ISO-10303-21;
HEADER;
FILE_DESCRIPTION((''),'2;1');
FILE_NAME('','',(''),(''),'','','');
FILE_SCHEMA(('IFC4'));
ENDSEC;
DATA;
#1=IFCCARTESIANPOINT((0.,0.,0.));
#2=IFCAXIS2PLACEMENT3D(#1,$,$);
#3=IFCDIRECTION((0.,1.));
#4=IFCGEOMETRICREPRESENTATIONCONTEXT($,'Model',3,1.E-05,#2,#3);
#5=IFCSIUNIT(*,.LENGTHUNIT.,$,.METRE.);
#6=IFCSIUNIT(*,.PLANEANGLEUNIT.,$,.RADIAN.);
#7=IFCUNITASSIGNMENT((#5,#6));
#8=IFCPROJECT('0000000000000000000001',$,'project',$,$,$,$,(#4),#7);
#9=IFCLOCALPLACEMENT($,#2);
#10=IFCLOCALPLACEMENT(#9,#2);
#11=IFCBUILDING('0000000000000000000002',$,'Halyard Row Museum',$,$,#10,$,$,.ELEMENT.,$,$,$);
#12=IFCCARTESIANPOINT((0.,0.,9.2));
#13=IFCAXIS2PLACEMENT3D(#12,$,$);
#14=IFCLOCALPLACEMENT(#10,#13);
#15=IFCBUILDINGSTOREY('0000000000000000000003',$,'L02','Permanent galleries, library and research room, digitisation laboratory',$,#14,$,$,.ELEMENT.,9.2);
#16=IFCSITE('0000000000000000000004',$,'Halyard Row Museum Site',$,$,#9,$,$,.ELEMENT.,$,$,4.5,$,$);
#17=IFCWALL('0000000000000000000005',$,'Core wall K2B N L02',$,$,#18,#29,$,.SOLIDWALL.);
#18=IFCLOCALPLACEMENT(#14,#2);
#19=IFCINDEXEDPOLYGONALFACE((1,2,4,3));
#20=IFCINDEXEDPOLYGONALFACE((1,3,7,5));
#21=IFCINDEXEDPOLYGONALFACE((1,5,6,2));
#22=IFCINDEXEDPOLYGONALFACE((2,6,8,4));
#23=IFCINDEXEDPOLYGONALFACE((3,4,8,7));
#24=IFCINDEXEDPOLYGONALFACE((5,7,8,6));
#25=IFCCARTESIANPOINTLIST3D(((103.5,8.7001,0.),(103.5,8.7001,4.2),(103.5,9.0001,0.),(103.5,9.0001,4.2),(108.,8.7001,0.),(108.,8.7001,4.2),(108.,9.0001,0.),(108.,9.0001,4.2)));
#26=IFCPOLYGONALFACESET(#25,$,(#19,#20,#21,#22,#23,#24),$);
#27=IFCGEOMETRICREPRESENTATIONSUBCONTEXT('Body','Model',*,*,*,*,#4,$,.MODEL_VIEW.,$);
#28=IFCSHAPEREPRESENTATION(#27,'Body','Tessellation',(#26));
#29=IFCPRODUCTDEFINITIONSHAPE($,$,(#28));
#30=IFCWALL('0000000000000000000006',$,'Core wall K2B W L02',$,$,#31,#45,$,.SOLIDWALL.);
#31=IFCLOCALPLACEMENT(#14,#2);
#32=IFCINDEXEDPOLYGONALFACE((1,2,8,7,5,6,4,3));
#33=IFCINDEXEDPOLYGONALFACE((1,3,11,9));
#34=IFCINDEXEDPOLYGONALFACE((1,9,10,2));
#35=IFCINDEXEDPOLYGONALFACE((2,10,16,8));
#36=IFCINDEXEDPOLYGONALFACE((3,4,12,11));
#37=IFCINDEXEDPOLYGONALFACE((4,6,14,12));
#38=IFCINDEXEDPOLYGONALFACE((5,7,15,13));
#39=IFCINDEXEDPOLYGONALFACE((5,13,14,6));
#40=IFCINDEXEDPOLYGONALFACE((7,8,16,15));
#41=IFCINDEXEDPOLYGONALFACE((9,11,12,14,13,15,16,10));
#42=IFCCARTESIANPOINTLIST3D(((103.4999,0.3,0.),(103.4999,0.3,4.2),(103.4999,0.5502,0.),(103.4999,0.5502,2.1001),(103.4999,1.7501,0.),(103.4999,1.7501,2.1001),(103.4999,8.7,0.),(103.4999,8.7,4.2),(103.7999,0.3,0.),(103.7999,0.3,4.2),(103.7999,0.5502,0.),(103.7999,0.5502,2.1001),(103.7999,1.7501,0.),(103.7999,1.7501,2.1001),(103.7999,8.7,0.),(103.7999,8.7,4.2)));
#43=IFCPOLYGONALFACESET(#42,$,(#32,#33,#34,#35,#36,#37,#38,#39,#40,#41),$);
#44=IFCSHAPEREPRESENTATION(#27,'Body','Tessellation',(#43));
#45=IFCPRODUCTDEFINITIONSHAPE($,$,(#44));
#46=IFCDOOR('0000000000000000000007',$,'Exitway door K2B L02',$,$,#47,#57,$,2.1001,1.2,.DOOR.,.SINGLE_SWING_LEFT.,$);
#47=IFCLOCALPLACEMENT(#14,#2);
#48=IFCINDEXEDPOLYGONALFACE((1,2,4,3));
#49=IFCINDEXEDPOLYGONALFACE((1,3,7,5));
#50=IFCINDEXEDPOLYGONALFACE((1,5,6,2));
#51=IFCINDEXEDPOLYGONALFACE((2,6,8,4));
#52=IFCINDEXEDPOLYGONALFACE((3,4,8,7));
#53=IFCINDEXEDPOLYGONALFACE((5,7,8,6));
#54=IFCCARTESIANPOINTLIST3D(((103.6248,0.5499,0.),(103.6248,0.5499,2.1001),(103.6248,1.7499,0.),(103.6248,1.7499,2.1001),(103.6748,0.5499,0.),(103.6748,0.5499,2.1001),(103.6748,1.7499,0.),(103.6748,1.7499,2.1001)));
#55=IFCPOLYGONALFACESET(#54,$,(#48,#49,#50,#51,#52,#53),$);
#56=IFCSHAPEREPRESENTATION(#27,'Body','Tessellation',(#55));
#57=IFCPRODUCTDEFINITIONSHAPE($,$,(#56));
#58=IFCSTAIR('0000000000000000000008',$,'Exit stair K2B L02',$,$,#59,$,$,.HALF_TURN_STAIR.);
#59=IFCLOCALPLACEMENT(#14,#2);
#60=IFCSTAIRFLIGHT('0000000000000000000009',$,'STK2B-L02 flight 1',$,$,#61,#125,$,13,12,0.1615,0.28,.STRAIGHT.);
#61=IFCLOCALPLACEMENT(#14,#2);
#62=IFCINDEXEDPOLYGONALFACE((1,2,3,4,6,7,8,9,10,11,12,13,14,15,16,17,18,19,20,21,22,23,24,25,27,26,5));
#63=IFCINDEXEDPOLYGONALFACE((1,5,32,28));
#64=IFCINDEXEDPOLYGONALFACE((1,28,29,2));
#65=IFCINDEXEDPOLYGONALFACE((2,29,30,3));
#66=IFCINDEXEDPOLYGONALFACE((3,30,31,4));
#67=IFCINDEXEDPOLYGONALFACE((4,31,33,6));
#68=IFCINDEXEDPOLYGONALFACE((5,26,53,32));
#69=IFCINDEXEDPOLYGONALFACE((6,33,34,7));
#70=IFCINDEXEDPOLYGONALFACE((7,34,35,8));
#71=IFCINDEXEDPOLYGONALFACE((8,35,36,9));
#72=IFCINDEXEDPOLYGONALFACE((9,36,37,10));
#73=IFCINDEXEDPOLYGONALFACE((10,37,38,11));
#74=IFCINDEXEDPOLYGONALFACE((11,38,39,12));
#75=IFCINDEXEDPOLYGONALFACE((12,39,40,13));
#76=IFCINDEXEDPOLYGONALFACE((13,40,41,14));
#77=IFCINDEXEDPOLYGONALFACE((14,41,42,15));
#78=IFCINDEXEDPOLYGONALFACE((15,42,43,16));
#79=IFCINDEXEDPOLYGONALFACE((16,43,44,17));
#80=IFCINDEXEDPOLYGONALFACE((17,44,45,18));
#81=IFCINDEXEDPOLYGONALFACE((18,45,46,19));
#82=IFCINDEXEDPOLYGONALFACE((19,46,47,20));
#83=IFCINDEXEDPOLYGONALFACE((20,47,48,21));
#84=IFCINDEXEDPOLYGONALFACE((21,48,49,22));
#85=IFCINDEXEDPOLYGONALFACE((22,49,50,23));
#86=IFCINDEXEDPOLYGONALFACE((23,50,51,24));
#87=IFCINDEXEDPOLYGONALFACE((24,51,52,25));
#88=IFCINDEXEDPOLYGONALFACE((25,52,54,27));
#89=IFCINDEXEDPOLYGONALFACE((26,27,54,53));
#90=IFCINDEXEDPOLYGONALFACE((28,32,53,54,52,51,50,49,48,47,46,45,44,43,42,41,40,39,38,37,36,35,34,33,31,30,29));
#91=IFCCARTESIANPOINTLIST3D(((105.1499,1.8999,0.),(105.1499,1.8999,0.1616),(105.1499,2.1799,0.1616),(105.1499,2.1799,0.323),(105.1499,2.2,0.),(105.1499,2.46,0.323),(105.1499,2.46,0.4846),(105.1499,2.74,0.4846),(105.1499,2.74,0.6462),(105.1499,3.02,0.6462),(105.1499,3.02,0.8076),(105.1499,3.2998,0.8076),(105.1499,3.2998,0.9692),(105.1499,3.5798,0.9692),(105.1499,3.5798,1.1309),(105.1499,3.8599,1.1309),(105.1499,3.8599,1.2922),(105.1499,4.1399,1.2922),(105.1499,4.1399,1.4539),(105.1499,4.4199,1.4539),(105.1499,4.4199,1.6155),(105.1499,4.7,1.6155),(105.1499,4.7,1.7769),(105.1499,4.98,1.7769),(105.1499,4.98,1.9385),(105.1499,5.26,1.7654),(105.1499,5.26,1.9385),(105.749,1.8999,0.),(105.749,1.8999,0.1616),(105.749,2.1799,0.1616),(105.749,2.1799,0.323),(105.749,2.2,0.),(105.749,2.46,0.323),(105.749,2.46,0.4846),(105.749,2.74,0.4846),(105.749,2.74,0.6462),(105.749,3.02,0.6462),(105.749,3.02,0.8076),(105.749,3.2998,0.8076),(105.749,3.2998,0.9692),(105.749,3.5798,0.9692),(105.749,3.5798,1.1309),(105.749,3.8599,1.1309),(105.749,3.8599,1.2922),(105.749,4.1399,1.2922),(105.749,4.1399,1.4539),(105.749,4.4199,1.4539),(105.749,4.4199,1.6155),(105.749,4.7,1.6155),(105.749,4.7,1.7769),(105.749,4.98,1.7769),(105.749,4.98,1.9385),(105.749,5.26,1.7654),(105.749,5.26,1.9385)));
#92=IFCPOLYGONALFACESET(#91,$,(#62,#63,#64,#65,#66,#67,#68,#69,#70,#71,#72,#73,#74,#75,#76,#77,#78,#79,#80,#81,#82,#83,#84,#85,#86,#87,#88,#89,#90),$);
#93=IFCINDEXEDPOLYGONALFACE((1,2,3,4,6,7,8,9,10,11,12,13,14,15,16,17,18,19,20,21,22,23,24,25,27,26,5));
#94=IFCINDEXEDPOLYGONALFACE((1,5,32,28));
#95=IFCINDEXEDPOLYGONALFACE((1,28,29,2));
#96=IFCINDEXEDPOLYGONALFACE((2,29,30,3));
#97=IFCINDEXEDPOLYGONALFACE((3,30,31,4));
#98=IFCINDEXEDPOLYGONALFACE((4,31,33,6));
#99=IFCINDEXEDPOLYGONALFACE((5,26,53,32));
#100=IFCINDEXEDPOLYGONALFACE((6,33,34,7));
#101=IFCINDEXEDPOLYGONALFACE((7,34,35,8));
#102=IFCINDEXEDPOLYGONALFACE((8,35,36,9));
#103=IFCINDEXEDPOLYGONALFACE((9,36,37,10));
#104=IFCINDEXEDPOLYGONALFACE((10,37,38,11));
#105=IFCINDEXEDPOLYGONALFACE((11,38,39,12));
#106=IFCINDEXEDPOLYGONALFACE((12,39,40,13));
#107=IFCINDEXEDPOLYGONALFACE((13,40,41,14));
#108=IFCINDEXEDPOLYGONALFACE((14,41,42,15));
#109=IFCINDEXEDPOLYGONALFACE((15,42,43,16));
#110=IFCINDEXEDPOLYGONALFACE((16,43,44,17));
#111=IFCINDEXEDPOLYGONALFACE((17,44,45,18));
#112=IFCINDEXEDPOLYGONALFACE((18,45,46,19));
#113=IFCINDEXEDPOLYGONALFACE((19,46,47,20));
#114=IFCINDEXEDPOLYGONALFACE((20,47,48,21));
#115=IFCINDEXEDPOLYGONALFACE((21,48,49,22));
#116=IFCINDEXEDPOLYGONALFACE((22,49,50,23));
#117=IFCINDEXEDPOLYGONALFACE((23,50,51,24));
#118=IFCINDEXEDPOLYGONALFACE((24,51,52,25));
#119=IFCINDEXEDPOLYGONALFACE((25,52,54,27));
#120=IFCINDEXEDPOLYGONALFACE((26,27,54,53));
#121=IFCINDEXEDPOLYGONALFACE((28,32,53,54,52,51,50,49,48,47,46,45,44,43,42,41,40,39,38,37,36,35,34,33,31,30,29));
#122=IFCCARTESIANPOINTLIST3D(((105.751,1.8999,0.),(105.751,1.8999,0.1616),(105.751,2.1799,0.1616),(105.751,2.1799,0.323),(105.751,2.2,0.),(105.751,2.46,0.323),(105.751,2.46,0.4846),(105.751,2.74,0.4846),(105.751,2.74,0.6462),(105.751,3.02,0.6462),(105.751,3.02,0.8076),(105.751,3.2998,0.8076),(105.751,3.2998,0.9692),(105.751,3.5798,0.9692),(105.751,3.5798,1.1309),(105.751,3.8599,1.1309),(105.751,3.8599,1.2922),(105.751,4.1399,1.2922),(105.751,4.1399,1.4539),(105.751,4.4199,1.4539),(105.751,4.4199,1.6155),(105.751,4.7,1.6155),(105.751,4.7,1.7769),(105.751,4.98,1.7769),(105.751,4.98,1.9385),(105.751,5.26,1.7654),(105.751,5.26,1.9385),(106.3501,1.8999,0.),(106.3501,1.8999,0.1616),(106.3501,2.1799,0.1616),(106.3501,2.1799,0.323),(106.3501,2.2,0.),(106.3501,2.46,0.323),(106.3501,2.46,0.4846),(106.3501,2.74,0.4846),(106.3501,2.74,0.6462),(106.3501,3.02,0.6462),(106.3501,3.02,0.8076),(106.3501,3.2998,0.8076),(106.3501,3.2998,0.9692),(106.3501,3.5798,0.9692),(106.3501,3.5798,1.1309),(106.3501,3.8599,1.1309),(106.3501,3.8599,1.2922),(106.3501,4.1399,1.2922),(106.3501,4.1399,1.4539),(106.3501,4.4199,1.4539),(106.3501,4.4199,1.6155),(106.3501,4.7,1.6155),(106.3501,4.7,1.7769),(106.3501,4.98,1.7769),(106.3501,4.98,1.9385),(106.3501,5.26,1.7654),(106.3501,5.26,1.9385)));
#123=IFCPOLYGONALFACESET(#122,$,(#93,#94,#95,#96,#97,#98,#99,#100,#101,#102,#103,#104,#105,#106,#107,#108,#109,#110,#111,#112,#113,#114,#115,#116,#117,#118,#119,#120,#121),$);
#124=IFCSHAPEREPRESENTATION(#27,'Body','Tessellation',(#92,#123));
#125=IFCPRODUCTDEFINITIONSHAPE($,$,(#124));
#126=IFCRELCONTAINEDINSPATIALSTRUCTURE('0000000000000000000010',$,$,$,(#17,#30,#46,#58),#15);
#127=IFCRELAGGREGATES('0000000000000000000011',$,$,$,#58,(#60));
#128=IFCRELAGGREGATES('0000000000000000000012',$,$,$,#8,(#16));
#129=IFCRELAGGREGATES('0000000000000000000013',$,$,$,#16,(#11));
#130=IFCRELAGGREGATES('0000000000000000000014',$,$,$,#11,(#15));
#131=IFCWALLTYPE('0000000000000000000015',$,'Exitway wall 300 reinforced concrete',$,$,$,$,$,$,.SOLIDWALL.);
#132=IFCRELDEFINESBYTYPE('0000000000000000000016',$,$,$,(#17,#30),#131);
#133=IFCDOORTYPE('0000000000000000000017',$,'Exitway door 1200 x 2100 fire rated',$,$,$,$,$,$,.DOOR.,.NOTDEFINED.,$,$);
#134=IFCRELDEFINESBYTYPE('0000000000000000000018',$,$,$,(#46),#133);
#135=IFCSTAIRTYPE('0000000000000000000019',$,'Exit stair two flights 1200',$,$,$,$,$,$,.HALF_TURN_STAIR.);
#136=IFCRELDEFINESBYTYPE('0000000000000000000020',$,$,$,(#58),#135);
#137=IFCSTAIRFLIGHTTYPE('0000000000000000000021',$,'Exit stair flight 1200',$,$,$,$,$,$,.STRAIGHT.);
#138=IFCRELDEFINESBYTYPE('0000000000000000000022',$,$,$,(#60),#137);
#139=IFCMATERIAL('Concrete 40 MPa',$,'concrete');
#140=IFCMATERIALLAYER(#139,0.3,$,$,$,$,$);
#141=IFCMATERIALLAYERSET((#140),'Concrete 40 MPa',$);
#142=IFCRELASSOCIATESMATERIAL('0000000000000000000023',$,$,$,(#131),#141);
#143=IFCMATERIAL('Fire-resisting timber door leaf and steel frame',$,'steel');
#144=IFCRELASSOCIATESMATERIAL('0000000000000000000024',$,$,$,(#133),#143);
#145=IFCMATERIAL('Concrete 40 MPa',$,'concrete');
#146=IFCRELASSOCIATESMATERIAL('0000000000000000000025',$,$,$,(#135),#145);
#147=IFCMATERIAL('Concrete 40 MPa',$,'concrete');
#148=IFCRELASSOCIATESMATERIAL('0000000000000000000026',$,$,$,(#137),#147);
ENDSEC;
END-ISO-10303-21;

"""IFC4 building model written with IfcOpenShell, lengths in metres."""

from ifc_helpers import new_model, si_unit, direction, frame, frame_2d, origin, place, context, subcontext, project, spatial, polyline, rectangle, outline, extrude, material, layer, layer_set, type_object, element, fill, aggregate, save


model = new_model("IFC4")

# Units and contexts
model_context = context("Model", 3, precision=1e-05, world=origin(), true_north=direction((0.0, 1.0)))
body_context = subcontext(model_context, "Body", "Model", "MODEL_VIEW")
ifc_project = project(units=[si_unit("LENGTHUNIT", "METRE"), si_unit("PLANEANGLEUNIT", "RADIAN")], contexts=[model_context])

# Site, building, storey
site_placement = place(None, origin())
site = spatial("IfcSite", under=ifc_project, at=site_placement, Name="Halyard Row Museum Site", CompositionType="ELEMENT", RefElevation=4.5)
building_placement = place(site_placement, origin())
building = spatial("IfcBuilding", under=site, at=building_placement, Name="Halyard Row Museum", CompositionType="ELEMENT")
storey_placement = place(building_placement, frame((0.0, 0.0, 9.2)))
storey = spatial("IfcBuildingStorey", under=building, at=storey_placement, Name="L02", Description="Permanent galleries, library and research room, digitisation laboratory", CompositionType="ELEMENT", Elevation=9.2)

# Wall
ifc_material_1 = material(Name="Concrete 40 MPa", Category="concrete")
ifc_layer_1 = layer(ifc_material_1, 0.3)
ifc_layer_set_1 = layer_set([ifc_layer_1], Name="Concrete 40 MPa")
wall_type_1 = type_object("IfcWallType", Name="Exitway wall 300 reinforced concrete", PredefinedType="SOLIDWALL", material=ifc_layer_set_1)
wall_1_placement = place(storey_placement, frame((103.5, 8.8501, 0.0), z_axis=(0.0, 0.0, 1.0), x_axis=(1.0, 0.0, 0.0)))
element("IfcWall", 1, at=wall_1_placement, inside=storey, type_object=wall_type_1, Name="Core wall K2B N L02", PredefinedType="SOLIDWALL", context=body_context, shape_type="SweptSolid", body=[
    extrude(rectangle(XDim=4.5, YDim=0.3, at=frame_2d((2.25, 0.0))), origin(), (0.0, 0.0, 1.0), 4.2),
])

# Wall, opening, door
wall_2_placement = place(storey_placement, frame((103.6499, 0.3, 0.0), z_axis=(0.0, 0.0, 1.0), x_axis=(0.0, 1.0, 0.0)))
wall_2 = element("IfcWall", 2, at=wall_2_placement, inside=storey, type_object=wall_type_1, Name="Core wall K2B W L02", PredefinedType="SOLIDWALL", context=body_context, shape_type="SweptSolid", body=[
    extrude(rectangle(XDim=8.3999, YDim=0.3, at=frame_2d((4.2, 0.0))), origin(), (0.0, 0.0, 1.0), 4.2),
])
opening_1_placement = place(wall_2_placement, frame((0.25, 0.0, 0.0)))
opening_1 = element("IfcOpeningElement", 3, at=opening_1_placement, cuts=wall_2, PredefinedType="OPENING", context=body_context, shape_type="SweptSolid", body=[
    extrude(rectangle(XDim=1.2, YDim=2.1001, at=frame_2d((0.6001, 1.05))), frame((0.0, 0.1599, 0.0), z_axis=(0.0, -1.0, 0.0), x_axis=(1.0, 0.0, 0.0)), (0.0, 0.0, 1.0), 0.3201),
])
ifc_material_2 = material(Name="Fire-resisting timber door leaf and steel frame", Category="steel")
door_type_1 = type_object("IfcDoorType", Name="Exitway door 1200 x 2100 fire rated", OperationType="NOTDEFINED", PredefinedType="DOOR", material=ifc_material_2)
door_1_placement = place(opening_1_placement, frame((1.2, 0.0, 0.0), z_axis=(0.0, 0.0, 1.0), x_axis=(-1.0, 0.0, 0.0)))
door_1 = element("IfcDoor", 4, at=door_1_placement, inside=storey, type_object=door_type_1, Name="Exitway door K2B L02", OperationType="SINGLE_SWING_LEFT", OverallHeight=2.1001, OverallWidth=1.2, PredefinedType="DOOR", context=body_context, shape_type="SweptSolid", body=[
    extrude(rectangle(XDim=1.2, YDim=2.1001, at=frame_2d((0.6001, 1.05))), frame((0.0, 0.0249, 0.0), z_axis=(0.0, -1.0, 0.0), x_axis=(1.0, 0.0, 0.0)), (0.0, 0.0, 1.0), 0.05),
])
fill(opening_1, door_1)

# Stair, stair flight
ifc_material_3 = material(Name="Concrete 40 MPa", Category="concrete")
stair_type = type_object("IfcStairType", Name="Exit stair two flights 1200", PredefinedType="HALF_TURN_STAIR", material=ifc_material_3)
stair_placement = place(storey_placement, origin())
stair = element("IfcStair", 5, at=stair_placement, inside=storey, type_object=stair_type, Name="Exit stair K2B L02", PredefinedType="HALF_TURN_STAIR")
ifc_material_4 = material(Name="Concrete 40 MPa", Category="concrete")
stair_flight_type = type_object("IfcStairFlightType", Name="Exit stair flight 1200", PredefinedType="STRAIGHT", material=ifc_material_4)
stair_flight_1_placement = place(storey_placement, frame((105.75, 1.8999, 0.0), z_axis=(0.0, 0.0, 1.0), x_axis=(0.0, 1.0, 0.0)))
stair_flight_1 = element("IfcStairFlight", 6, at=stair_flight_1_placement, type_object=stair_flight_type, Name="STK2B-L02 flight 1", NumberOfRisers=13, NumberOfTreads=12, PredefinedType="STRAIGHT", RiserHeight=0.1615, TreadLength=0.28, context=body_context, shape_type="SweptSolid", body=[
    extrude(outline(polyline([(0.0, 0.0), (0.0, 0.1616), (0.28, 0.1616), (0.28, 0.323), (0.5601, 0.323), (0.5601, 0.4846), (0.8401, 0.4846), (0.8401, 0.6462), (1.1201, 0.6462), (1.1201, 0.8076), (1.3999, 0.8076), (1.3999, 0.9692), (1.6799, 0.9692), (1.6799, 1.1309), (1.96, 1.1309), (1.96, 1.2922), (2.24, 1.2922), (2.24, 1.4539), (2.52, 1.4539), (2.52, 1.6155), (2.8, 1.6155), (2.8, 1.7769), (3.0801, 1.7769), (3.0801, 1.9385), (3.3601, 1.9385), (3.3601, 2.1001), (3.3601, 1.7654), (0.3, 0.0), (0.0, 0.0)])), frame((0.0, 0.6001, 0.0), z_axis=(0.0, -1.0, 0.0), x_axis=(1.0, 0.0, 0.0)), (0.0, 0.0, 1.0), 0.5991),
    extrude(outline(polyline([(0.0, 0.0), (0.0, 0.1616), (0.28, 0.1616), (0.28, 0.323), (0.5601, 0.323), (0.5601, 0.4846), (0.8401, 0.4846), (0.8401, 0.6462), (1.1201, 0.6462), (1.1201, 0.8076), (1.3999, 0.8076), (1.3999, 0.9692), (1.6799, 0.9692), (1.6799, 1.1309), (1.96, 1.1309), (1.96, 1.2922), (2.24, 1.2922), (2.24, 1.4539), (2.52, 1.4539), (2.52, 1.6155), (2.8, 1.6155), (2.8, 1.7769), (3.0801, 1.7769), (3.0801, 1.9385), (3.3601, 1.9385), (3.3601, 2.1001), (3.3601, 1.7654), (0.3, 0.0), (0.0, 0.0)])), frame((0.0, -0.001, 0.0), z_axis=(0.0, -1.0, 0.0), x_axis=(1.0, 0.0, 0.0)), (0.0, 0.0, 1.0), 0.5991),
])
aggregate(stair, [stair_flight_1])

save(model, "model.ifc")
